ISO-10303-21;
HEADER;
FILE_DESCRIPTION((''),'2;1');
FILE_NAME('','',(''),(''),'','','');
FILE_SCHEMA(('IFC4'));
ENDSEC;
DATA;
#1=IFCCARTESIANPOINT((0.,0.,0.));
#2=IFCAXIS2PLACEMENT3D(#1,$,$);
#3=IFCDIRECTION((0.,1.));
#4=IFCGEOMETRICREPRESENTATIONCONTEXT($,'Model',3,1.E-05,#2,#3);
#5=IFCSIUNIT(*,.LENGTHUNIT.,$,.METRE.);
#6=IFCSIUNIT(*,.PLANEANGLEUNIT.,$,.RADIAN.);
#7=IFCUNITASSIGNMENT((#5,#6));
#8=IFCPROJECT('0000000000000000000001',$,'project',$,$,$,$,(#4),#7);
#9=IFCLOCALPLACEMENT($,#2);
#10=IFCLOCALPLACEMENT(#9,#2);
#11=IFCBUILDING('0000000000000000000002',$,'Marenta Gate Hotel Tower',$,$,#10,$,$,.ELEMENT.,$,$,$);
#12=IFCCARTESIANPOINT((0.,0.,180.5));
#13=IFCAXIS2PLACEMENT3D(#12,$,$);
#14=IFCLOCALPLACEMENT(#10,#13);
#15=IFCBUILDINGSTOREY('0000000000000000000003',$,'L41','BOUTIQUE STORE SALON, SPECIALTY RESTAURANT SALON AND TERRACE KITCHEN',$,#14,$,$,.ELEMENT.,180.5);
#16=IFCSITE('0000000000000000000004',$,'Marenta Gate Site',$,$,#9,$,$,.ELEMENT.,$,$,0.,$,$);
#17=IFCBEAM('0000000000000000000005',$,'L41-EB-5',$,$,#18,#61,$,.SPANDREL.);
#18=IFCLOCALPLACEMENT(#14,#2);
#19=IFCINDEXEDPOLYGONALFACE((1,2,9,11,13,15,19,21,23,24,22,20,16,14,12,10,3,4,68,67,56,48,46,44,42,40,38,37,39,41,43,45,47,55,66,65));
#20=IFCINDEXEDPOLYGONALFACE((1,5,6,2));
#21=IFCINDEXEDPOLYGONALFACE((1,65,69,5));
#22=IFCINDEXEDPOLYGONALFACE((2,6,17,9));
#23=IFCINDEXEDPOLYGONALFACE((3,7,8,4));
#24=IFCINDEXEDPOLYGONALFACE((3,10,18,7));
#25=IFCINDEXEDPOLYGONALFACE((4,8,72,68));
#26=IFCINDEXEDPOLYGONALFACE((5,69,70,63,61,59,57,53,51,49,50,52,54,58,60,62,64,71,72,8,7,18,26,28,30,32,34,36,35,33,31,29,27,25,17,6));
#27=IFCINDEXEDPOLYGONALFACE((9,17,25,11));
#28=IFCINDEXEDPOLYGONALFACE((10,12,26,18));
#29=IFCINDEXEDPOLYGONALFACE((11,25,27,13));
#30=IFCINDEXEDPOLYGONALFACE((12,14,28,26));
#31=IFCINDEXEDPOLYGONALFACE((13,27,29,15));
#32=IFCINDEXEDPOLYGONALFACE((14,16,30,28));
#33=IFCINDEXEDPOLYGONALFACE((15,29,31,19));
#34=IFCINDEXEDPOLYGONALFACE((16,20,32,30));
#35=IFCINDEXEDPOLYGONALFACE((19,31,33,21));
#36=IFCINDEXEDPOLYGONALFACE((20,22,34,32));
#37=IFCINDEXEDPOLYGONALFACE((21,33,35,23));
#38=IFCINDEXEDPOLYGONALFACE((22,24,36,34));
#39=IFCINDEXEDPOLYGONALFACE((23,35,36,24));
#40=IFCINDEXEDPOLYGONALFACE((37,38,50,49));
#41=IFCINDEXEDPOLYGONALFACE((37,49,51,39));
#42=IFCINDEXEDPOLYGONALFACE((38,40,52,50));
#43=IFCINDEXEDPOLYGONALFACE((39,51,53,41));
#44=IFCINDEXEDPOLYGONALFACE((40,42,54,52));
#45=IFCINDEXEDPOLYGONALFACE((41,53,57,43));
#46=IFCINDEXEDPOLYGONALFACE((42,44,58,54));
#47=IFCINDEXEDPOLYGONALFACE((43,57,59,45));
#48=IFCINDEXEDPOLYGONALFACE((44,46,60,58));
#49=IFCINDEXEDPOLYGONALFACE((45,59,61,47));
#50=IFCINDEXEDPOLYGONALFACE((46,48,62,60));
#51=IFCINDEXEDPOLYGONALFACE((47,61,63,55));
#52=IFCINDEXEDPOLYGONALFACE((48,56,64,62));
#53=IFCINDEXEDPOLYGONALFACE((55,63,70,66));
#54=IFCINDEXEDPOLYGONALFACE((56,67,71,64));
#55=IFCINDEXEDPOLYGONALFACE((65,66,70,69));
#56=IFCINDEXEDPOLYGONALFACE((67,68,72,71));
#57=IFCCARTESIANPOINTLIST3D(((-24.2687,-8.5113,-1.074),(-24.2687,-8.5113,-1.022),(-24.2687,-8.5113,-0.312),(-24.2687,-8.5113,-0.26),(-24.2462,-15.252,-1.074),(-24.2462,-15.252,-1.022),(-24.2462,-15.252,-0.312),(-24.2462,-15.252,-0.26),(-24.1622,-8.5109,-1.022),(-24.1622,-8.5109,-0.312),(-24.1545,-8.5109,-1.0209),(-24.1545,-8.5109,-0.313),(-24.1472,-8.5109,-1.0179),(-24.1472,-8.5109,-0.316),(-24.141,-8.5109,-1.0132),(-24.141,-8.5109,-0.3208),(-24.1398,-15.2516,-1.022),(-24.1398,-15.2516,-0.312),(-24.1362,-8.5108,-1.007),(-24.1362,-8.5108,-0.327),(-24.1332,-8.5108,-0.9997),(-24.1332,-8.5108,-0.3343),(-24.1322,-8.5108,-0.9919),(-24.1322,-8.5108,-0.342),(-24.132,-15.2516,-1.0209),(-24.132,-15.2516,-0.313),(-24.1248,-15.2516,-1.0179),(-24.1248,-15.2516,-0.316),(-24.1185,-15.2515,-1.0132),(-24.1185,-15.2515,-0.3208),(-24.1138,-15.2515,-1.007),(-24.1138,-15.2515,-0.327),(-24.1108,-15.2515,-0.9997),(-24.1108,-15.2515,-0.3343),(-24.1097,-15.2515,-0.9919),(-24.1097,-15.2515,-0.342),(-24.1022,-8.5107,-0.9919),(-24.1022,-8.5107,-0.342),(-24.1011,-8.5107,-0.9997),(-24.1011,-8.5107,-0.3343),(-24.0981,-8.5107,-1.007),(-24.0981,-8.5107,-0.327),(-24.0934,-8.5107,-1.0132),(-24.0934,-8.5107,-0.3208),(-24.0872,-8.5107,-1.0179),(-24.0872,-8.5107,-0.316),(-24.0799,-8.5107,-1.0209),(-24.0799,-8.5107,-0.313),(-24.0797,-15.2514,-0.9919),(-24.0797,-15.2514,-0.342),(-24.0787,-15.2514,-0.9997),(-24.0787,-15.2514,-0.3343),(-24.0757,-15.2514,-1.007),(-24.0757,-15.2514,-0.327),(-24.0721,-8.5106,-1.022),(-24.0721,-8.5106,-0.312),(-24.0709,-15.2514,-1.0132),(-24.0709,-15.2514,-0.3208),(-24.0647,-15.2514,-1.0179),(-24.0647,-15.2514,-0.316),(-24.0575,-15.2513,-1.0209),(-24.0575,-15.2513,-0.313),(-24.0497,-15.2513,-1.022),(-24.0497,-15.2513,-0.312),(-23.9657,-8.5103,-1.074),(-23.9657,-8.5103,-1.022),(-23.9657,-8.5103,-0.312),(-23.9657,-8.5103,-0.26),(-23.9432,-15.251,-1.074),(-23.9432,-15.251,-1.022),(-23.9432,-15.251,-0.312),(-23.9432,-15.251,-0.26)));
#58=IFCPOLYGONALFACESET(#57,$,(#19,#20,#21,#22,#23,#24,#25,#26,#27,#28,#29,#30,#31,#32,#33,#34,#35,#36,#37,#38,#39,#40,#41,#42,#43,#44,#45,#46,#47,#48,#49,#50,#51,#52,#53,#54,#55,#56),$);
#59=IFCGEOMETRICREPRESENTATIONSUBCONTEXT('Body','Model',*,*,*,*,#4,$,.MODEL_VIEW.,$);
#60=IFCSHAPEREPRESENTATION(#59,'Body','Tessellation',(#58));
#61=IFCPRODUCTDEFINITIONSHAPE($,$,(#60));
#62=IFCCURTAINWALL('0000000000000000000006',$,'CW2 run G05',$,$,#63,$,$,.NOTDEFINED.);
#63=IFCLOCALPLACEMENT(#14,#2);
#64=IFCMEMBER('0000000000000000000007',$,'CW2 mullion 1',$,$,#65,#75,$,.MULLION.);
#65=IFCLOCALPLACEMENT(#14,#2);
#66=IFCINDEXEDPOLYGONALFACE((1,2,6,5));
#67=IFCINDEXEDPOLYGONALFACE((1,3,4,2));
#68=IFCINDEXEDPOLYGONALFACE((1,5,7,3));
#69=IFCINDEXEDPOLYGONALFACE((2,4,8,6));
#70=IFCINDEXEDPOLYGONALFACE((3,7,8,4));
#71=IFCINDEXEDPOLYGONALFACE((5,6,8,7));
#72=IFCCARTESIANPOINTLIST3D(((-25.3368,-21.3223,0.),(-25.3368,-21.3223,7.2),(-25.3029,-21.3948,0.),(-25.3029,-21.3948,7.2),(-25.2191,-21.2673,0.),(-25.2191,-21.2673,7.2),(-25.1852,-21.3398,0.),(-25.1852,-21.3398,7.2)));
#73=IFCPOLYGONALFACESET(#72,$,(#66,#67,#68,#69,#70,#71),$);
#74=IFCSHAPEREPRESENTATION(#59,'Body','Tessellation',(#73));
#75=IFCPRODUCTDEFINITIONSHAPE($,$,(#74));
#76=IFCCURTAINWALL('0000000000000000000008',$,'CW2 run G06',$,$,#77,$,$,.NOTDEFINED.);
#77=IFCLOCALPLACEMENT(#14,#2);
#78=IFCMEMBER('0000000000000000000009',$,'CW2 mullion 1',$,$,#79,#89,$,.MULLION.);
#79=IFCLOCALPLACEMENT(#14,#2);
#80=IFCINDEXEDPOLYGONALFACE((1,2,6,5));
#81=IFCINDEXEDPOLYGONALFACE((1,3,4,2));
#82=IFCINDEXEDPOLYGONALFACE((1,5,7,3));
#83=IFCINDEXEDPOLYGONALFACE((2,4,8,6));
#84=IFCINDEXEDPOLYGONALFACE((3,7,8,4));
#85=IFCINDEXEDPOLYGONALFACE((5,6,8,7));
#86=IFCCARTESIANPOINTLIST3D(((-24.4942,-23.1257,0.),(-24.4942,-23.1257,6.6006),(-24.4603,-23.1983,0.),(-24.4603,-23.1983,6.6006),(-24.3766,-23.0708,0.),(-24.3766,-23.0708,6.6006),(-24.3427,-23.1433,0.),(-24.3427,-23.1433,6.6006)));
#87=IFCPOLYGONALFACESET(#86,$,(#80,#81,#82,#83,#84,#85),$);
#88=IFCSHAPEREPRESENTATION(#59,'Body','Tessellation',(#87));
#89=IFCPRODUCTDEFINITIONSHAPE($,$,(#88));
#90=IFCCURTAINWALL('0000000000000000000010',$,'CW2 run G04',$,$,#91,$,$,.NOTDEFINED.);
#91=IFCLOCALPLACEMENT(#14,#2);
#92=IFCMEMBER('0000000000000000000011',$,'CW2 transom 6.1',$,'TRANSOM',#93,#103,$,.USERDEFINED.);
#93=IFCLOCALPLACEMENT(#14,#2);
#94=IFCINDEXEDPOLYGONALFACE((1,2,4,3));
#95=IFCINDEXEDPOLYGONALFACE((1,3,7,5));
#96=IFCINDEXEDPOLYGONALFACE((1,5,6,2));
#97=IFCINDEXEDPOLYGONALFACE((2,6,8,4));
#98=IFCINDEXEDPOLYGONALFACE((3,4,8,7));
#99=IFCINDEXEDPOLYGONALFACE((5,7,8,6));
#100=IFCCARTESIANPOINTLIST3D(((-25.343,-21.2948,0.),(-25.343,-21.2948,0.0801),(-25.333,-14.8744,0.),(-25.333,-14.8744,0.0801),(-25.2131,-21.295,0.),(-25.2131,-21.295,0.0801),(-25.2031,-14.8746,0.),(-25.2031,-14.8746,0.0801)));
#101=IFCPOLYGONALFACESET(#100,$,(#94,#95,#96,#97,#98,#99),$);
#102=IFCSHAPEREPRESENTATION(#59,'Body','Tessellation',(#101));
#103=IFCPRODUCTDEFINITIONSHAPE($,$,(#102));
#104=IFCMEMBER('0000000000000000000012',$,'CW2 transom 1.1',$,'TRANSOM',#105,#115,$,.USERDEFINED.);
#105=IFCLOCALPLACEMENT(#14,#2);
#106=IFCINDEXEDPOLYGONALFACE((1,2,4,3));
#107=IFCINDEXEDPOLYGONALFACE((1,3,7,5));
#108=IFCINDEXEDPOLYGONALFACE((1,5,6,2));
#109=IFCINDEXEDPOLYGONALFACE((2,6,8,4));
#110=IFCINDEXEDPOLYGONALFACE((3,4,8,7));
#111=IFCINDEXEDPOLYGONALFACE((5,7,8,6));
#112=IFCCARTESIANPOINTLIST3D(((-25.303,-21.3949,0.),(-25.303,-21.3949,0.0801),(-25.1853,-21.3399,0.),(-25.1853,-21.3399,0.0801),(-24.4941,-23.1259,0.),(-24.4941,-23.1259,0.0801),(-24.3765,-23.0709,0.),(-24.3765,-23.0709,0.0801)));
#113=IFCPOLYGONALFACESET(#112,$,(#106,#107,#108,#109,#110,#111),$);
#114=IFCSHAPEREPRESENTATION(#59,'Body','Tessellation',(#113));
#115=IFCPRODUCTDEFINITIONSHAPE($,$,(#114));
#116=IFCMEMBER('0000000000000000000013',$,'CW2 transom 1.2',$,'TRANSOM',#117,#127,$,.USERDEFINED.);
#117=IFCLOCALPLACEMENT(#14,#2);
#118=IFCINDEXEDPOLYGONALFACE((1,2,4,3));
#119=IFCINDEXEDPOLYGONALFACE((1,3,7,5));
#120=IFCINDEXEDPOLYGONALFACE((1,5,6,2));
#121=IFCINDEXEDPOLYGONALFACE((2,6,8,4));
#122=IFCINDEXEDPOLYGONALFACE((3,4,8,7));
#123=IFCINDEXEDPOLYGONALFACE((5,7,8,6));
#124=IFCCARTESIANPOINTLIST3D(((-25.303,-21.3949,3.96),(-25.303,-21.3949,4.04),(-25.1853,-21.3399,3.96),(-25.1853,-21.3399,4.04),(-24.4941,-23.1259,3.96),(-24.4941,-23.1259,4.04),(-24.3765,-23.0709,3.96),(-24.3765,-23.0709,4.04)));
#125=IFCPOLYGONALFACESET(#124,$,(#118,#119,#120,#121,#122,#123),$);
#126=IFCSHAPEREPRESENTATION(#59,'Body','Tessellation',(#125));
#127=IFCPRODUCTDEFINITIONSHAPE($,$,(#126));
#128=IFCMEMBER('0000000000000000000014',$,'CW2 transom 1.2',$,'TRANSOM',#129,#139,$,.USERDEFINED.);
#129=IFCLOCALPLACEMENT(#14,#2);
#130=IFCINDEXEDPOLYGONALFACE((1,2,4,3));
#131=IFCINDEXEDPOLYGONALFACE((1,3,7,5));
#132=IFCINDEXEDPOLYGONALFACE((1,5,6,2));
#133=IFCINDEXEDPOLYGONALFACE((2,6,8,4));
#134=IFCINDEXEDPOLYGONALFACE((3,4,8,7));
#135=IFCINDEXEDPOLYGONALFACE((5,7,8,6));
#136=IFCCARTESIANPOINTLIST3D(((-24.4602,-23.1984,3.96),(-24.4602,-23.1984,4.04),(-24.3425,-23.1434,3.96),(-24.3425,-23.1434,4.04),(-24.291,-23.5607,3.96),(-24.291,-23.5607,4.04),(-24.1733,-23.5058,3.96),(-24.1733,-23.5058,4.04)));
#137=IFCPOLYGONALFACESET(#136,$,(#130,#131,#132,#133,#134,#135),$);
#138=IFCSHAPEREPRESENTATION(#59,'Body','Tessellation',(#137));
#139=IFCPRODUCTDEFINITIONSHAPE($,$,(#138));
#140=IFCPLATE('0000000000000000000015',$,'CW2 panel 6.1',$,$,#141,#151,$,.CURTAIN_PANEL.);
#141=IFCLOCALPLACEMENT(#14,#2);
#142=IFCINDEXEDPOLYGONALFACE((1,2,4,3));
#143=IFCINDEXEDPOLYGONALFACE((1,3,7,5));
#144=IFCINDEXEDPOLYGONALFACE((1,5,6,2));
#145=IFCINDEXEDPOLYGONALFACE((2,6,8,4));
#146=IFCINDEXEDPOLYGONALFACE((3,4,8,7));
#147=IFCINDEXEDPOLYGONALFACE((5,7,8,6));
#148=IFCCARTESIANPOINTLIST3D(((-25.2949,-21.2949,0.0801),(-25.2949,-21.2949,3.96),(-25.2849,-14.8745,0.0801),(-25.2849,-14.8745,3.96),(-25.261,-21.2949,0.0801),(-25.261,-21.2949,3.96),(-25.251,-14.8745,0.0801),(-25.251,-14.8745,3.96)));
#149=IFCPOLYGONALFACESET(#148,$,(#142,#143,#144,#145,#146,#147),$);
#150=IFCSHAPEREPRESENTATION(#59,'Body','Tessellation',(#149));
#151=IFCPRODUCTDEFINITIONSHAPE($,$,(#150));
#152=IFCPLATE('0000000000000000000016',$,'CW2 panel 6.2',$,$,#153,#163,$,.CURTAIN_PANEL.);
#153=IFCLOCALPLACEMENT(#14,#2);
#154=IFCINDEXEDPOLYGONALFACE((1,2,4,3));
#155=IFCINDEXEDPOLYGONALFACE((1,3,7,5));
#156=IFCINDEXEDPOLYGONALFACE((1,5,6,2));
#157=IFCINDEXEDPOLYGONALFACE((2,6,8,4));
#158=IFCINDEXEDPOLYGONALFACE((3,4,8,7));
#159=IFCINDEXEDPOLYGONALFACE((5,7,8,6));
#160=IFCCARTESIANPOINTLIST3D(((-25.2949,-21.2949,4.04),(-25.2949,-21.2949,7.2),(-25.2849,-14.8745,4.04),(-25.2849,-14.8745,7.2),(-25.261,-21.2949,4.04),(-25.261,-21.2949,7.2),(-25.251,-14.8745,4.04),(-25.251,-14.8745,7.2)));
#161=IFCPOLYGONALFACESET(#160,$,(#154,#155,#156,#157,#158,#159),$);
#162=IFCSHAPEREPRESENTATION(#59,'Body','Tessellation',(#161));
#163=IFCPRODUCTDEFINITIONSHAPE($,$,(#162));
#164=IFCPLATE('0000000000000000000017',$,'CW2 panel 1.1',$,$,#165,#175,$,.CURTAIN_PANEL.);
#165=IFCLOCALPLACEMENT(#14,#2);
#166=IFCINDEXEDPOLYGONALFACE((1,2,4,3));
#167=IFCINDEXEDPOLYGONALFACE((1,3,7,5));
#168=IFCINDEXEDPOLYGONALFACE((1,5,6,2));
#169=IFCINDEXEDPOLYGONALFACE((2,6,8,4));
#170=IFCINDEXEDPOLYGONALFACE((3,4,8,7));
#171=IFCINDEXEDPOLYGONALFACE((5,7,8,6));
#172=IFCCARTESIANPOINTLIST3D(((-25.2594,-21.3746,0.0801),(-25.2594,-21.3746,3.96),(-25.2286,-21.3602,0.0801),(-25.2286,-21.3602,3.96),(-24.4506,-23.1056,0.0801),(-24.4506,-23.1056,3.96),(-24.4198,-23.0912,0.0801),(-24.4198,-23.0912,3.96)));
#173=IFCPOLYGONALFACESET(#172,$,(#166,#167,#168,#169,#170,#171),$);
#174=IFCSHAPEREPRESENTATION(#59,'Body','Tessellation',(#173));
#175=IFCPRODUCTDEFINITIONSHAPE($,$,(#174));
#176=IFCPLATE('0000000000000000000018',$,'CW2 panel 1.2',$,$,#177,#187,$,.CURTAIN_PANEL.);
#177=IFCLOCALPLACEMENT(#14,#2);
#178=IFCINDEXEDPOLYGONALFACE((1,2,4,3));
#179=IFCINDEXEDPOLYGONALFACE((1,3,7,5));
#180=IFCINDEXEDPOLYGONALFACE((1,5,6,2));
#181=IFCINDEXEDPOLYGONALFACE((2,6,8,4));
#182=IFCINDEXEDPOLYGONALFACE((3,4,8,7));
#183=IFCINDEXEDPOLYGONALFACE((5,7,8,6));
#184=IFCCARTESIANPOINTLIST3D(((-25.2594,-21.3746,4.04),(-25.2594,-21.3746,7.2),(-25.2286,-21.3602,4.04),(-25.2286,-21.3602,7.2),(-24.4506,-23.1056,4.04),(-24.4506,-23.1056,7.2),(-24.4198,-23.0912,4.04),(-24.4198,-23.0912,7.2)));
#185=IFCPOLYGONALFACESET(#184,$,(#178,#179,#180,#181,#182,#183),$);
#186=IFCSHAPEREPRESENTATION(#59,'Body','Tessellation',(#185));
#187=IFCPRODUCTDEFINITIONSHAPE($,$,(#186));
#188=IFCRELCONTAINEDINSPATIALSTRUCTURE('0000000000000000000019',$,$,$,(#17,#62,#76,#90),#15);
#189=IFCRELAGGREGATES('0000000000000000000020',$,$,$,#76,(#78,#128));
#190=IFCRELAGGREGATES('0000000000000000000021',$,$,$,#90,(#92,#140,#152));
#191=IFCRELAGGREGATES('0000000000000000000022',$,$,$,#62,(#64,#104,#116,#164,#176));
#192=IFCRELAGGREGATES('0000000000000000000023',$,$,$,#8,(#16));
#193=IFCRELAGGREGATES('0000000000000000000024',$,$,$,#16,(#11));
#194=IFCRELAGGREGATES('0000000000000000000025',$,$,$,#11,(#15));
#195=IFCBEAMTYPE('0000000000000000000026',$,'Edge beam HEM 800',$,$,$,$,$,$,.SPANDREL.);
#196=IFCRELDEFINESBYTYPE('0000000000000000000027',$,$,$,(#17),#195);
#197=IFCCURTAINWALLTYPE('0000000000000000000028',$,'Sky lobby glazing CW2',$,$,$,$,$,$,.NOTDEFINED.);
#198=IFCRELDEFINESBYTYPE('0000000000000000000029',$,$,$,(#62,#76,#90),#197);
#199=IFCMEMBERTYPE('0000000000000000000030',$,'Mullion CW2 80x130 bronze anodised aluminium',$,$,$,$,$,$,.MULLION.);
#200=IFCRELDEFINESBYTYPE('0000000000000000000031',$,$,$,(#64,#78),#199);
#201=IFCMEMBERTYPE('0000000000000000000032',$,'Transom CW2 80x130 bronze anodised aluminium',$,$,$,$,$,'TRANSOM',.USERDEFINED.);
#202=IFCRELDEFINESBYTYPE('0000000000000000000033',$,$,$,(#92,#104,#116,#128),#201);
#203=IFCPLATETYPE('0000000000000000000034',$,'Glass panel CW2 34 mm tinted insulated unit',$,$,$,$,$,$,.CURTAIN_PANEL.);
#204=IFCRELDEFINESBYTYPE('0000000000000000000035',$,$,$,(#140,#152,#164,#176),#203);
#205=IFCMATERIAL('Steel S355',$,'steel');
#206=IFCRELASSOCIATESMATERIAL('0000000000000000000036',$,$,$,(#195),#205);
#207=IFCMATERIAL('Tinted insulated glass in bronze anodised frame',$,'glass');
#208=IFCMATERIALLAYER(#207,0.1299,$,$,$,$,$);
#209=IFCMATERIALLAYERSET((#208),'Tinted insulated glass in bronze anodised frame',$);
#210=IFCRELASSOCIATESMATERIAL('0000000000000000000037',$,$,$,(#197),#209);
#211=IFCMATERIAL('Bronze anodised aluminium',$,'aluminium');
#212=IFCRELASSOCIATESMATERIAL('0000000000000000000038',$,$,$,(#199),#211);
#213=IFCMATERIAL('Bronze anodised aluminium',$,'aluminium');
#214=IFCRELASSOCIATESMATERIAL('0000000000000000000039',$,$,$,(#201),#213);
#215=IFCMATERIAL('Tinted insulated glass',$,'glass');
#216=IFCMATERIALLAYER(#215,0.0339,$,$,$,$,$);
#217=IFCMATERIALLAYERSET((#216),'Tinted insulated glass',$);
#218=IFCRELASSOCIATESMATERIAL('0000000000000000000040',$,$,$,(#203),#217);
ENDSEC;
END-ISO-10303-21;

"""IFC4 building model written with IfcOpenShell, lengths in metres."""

from ifc_helpers import new_model, si_unit, direction, frame, origin, origin_2d, place, context, subcontext, project, spatial, rectangle, i_section, extrude, material, layer, layer_set, material_profile, profile_set, type_object, element, aggregate, save


model = new_model("IFC4")

# Units and contexts
model_context = context("Model", 3, precision=1e-05, world=origin(), true_north=direction((0.0, 1.0)))
body_context = subcontext(model_context, "Body", "Model", "MODEL_VIEW")
ifc_project = project(units=[si_unit("LENGTHUNIT", "METRE"), si_unit("PLANEANGLEUNIT", "RADIAN")], contexts=[model_context])

# Site, building, storey
site_placement = place(None, origin())
site = spatial("IfcSite", under=ifc_project, at=site_placement, Name="Marenta Gate Site", CompositionType="ELEMENT", RefElevation=0.0)
building_placement = place(site_placement, origin())
building = spatial("IfcBuilding", under=site, at=building_placement, Name="Marenta Gate Hotel Tower", CompositionType="ELEMENT")
storey_placement = place(building_placement, frame((0.0, 0.0, 180.5)))
storey = spatial("IfcBuildingStorey", under=building, at=storey_placement, Name="L41", Description="BOUTIQUE STORE SALON, SPECIALTY RESTAURANT SALON AND TERRACE KITCHEN", CompositionType="ELEMENT", Elevation=180.5)

# Beam
ifc_material_1 = material(Name="Steel S355", Category="steel")
ifc_material_profile_1 = material_profile(ifc_material_1, i_section(OverallWidth=0.303, OverallDepth=0.814, WebThickness=0.03, FlangeThickness=0.052, FilletRadius=0.03, at=origin_2d()), Name="HEM 800")
ifc_profile_set_1 = profile_set([ifc_material_profile_1], Name="Steel S355")
beam_type = type_object("IfcBeamType", Name="Edge beam HEM 800", PredefinedType="SPANDREL", material=ifc_profile_set_1)
beam_1_placement = place(storey_placement, frame((-24.0947, -15.2515, -0.667), z_axis=(-0.003332, 0.999994, 0.0), x_axis=(-0.999994, -0.003332, 0.0)))
element("IfcBeam", 1, at=beam_1_placement, inside=storey, type_object=beam_type, Name="L41-EB-5", PredefinedType="SPANDREL", context=body_context, shape_type="SweptSolid", body=[
    extrude(i_section(OverallWidth=0.303, OverallDepth=0.814, WebThickness=0.03, FlangeThickness=0.052, FilletRadius=0.03, at=origin_2d()), origin(), (0.0, 0.0, 1.0), 6.7407),
])

# Curtain walls, members
ifc_material_2 = material(Name="Tinted insulated glass in bronze anodised frame", Category="glass")
ifc_layer_1 = layer(ifc_material_2, 0.1299)
ifc_layer_set_1 = layer_set([ifc_layer_1], Name="Tinted insulated glass in bronze anodised frame")
curtain_wall_type = type_object("IfcCurtainWallType", Name="Sky lobby glazing CW2", PredefinedType="NOTDEFINED", material=ifc_layer_set_1)
curtain_wall_1_placement = place(storey_placement, origin())
curtain_wall_1 = element("IfcCurtainWall", 2, at=curtain_wall_1_placement, inside=storey, type_object=curtain_wall_type, Name="CW2 run G05", PredefinedType="NOTDEFINED")
ifc_material_3 = material(Name="Bronze anodised aluminium", Category="aluminium")
ifc_material_profile_2 = material_profile(ifc_material_3, rectangle(XDim=0.1299, YDim=0.0801, at=origin_2d()), Name="Mullion CW2 80x130 bronze anodised aluminium")
ifc_profile_set_2 = profile_set([ifc_material_profile_2], Name="Bronze anodised aluminium")
member_type_1 = type_object("IfcMemberType", Name="Mullion CW2 80x130 bronze anodised aluminium", PredefinedType="MULLION", material=ifc_profile_set_2)
member_1_placement = place(storey_placement, frame((-25.261, -21.3311, 0.0), z_axis=(0.0, 0.0, 1.0), x_axis=(0.905978, 0.423325, 0.0)))
member_1 = element("IfcMember", 3, at=member_1_placement, type_object=member_type_1, Name="CW2 mullion 1", PredefinedType="MULLION", context=body_context, shape_type="SweptSolid", body=[
    extrude(rectangle(XDim=0.1299, YDim=0.0801, at=origin_2d()), origin(), (0.0, 0.0, 1.0), 7.2),
])
curtain_wall_2_placement = place(storey_placement, origin())
curtain_wall_2 = element("IfcCurtainWall", 4, at=curtain_wall_2_placement, inside=storey, type_object=curtain_wall_type, Name="CW2 run G06", PredefinedType="NOTDEFINED")
member_2_placement = place(storey_placement, frame((-24.4185, -23.1345, 0.0), z_axis=(0.0, 0.0, 1.0), x_axis=(0.905949, 0.423387, 0.0)))
member_2 = element("IfcMember", 5, at=member_2_placement, type_object=member_type_1, Name="CW2 mullion 1", PredefinedType="MULLION", context=body_context, shape_type="SweptSolid", body=[
    extrude(rectangle(XDim=0.1299, YDim=0.0801, at=origin_2d()), origin(), (0.0, 0.0, 1.0), 6.6006),
])
curtain_wall_3_placement = place(storey_placement, origin())
curtain_wall_3 = element("IfcCurtainWall", 6, at=curtain_wall_3_placement, inside=storey, type_object=curtain_wall_type, Name="CW2 run G04", PredefinedType="NOTDEFINED")
ifc_material_4 = material(Name="Bronze anodised aluminium", Category="aluminium")
ifc_material_profile_3 = material_profile(ifc_material_4, rectangle(XDim=0.1299, YDim=0.0801, at=origin_2d()), Name="Transom CW2 80x130 bronze anodised aluminium")
ifc_profile_set_3 = profile_set([ifc_material_profile_3], Name="Bronze anodised aluminium")
member_type_2 = type_object("IfcMemberType", Name="Transom CW2 80x130 bronze anodised aluminium", ElementType="TRANSOM", PredefinedType="USERDEFINED", material=ifc_profile_set_3)
member_3_placement = place(storey_placement, frame((-25.2681, -14.8745, 0.04), z_axis=(-0.001559, -0.999999, 0.0), x_axis=(0.999999, -0.001559, 0.0)))
member_3 = element("IfcMember", 7, at=member_3_placement, type_object=member_type_2, Name="CW2 transom 6.1", ObjectType="TRANSOM", PredefinedType="USERDEFINED", context=body_context, shape_type="SweptSolid", body=[
    extrude(rectangle(XDim=0.1299, YDim=0.0801, at=origin_2d()), origin(), (0.0, 0.0, 1.0), 6.4204),
])

# Members
member_4_placement = place(storey_placement, frame((-25.2441, -21.3674, 0.04), z_axis=(0.42334, -0.905971, 0.0), x_axis=(0.905971, 0.42334, 0.0)))
member_4 = element("IfcMember", 8, at=member_4_placement, type_object=member_type_2, Name="CW2 transom 1.1", ObjectType="TRANSOM", PredefinedType="USERDEFINED", context=body_context, shape_type="SweptSolid", body=[
    extrude(rectangle(XDim=0.1299, YDim=0.0801, at=origin_2d()), origin(), (0.0, 0.0, 1.0), 1.9106),
])
member_5_placement = place(storey_placement, frame((-25.2441, -21.3674, 4.0), z_axis=(0.42334, -0.905971, 0.0), x_axis=(0.905971, 0.42334, 0.0)))
member_5 = element("IfcMember", 9, at=member_5_placement, type_object=member_type_2, Name="CW2 transom 1.2", ObjectType="TRANSOM", PredefinedType="USERDEFINED", context=body_context, shape_type="SweptSolid", body=[
    extrude(rectangle(XDim=0.1299, YDim=0.0801, at=origin_2d()), origin(), (0.0, 0.0, 1.0), 1.9106),
])
member_6_placement = place(storey_placement, frame((-24.4014, -23.1709, 4.0), z_axis=(0.423119, -0.906074, 0.0), x_axis=(0.906074, 0.423119, 0.0)))
member_6 = element("IfcMember", 10, at=member_6_placement, type_object=member_type_2, Name="CW2 transom 1.2", ObjectType="TRANSOM", PredefinedType="USERDEFINED", context=body_context, shape_type="SweptSolid", body=[
    extrude(rectangle(XDim=0.1299, YDim=0.0801, at=origin_2d()), origin(), (0.0, 0.0, 1.0), 0.3999),
])
aggregate(curtain_wall_2, [member_2, member_6])

# Plates
ifc_material_5 = material(Name="Tinted insulated glass", Category="glass")
ifc_layer_2 = layer(ifc_material_5, 0.0339)
ifc_layer_set_2 = layer_set([ifc_layer_2], Name="Tinted insulated glass")
plate_type = type_object("IfcPlateType", Name="Glass panel CW2 34 mm tinted insulated unit", PredefinedType="CURTAIN_PANEL", material=ifc_layer_set_2)
plate_1_placement = place(storey_placement, frame((-25.2729, -18.0847, 0.0801), z_axis=(0.0, 0.0, 1.0), x_axis=(-0.001566, -0.999999, 0.0)))
plate_1 = element("IfcPlate", 11, at=plate_1_placement, type_object=plate_type, Name="CW2 panel 6.1", PredefinedType="CURTAIN_PANEL", context=body_context, shape_type="SweptSolid", body=[
    extrude(rectangle(XDim=6.4204, YDim=0.0339, at=origin_2d()), origin(), (0.0, 0.0, 1.0), 3.8799),
])
plate_2_placement = place(storey_placement, frame((-25.2729, -18.0847, 4.04), z_axis=(0.0, 0.0, 1.0), x_axis=(-0.001566, -0.999999, 0.0)))
plate_2 = element("IfcPlate", 12, at=plate_2_placement, type_object=plate_type, Name="CW2 panel 6.2", PredefinedType="CURTAIN_PANEL", context=body_context, shape_type="SweptSolid", body=[
    extrude(rectangle(XDim=6.4204, YDim=0.0339, at=origin_2d()), origin(), (0.0, 0.0, 1.0), 3.1599),
])
aggregate(curtain_wall_3, [member_3, plate_1, plate_2])
plate_3_placement = place(storey_placement, frame((-24.8396, -22.2329, 0.0801), z_axis=(0.0, 0.0, 1.0), x_axis=(0.423325, -0.905978, 0.0)))
plate_3 = element("IfcPlate", 13, at=plate_3_placement, type_object=plate_type, Name="CW2 panel 1.1", PredefinedType="CURTAIN_PANEL", context=body_context, shape_type="SweptSolid", body=[
    extrude(rectangle(XDim=1.9106, YDim=0.0339, at=origin_2d()), origin(), (0.0, 0.0, 1.0), 3.8799),
])
plate_4_placement = place(storey_placement, frame((-24.8396, -22.2329, 4.04), z_axis=(0.0, 0.0, 1.0), x_axis=(0.423325, -0.905978, 0.0)))
plate_4 = element("IfcPlate", 14, at=plate_4_placement, type_object=plate_type, Name="CW2 panel 1.2", PredefinedType="CURTAIN_PANEL", context=body_context, shape_type="SweptSolid", body=[
    extrude(rectangle(XDim=1.9106, YDim=0.0339, at=origin_2d()), origin(), (0.0, 0.0, 1.0), 3.1599),
])
aggregate(curtain_wall_1, [member_1, member_4, member_5, plate_3, plate_4])

save(model, "model.ifc")
